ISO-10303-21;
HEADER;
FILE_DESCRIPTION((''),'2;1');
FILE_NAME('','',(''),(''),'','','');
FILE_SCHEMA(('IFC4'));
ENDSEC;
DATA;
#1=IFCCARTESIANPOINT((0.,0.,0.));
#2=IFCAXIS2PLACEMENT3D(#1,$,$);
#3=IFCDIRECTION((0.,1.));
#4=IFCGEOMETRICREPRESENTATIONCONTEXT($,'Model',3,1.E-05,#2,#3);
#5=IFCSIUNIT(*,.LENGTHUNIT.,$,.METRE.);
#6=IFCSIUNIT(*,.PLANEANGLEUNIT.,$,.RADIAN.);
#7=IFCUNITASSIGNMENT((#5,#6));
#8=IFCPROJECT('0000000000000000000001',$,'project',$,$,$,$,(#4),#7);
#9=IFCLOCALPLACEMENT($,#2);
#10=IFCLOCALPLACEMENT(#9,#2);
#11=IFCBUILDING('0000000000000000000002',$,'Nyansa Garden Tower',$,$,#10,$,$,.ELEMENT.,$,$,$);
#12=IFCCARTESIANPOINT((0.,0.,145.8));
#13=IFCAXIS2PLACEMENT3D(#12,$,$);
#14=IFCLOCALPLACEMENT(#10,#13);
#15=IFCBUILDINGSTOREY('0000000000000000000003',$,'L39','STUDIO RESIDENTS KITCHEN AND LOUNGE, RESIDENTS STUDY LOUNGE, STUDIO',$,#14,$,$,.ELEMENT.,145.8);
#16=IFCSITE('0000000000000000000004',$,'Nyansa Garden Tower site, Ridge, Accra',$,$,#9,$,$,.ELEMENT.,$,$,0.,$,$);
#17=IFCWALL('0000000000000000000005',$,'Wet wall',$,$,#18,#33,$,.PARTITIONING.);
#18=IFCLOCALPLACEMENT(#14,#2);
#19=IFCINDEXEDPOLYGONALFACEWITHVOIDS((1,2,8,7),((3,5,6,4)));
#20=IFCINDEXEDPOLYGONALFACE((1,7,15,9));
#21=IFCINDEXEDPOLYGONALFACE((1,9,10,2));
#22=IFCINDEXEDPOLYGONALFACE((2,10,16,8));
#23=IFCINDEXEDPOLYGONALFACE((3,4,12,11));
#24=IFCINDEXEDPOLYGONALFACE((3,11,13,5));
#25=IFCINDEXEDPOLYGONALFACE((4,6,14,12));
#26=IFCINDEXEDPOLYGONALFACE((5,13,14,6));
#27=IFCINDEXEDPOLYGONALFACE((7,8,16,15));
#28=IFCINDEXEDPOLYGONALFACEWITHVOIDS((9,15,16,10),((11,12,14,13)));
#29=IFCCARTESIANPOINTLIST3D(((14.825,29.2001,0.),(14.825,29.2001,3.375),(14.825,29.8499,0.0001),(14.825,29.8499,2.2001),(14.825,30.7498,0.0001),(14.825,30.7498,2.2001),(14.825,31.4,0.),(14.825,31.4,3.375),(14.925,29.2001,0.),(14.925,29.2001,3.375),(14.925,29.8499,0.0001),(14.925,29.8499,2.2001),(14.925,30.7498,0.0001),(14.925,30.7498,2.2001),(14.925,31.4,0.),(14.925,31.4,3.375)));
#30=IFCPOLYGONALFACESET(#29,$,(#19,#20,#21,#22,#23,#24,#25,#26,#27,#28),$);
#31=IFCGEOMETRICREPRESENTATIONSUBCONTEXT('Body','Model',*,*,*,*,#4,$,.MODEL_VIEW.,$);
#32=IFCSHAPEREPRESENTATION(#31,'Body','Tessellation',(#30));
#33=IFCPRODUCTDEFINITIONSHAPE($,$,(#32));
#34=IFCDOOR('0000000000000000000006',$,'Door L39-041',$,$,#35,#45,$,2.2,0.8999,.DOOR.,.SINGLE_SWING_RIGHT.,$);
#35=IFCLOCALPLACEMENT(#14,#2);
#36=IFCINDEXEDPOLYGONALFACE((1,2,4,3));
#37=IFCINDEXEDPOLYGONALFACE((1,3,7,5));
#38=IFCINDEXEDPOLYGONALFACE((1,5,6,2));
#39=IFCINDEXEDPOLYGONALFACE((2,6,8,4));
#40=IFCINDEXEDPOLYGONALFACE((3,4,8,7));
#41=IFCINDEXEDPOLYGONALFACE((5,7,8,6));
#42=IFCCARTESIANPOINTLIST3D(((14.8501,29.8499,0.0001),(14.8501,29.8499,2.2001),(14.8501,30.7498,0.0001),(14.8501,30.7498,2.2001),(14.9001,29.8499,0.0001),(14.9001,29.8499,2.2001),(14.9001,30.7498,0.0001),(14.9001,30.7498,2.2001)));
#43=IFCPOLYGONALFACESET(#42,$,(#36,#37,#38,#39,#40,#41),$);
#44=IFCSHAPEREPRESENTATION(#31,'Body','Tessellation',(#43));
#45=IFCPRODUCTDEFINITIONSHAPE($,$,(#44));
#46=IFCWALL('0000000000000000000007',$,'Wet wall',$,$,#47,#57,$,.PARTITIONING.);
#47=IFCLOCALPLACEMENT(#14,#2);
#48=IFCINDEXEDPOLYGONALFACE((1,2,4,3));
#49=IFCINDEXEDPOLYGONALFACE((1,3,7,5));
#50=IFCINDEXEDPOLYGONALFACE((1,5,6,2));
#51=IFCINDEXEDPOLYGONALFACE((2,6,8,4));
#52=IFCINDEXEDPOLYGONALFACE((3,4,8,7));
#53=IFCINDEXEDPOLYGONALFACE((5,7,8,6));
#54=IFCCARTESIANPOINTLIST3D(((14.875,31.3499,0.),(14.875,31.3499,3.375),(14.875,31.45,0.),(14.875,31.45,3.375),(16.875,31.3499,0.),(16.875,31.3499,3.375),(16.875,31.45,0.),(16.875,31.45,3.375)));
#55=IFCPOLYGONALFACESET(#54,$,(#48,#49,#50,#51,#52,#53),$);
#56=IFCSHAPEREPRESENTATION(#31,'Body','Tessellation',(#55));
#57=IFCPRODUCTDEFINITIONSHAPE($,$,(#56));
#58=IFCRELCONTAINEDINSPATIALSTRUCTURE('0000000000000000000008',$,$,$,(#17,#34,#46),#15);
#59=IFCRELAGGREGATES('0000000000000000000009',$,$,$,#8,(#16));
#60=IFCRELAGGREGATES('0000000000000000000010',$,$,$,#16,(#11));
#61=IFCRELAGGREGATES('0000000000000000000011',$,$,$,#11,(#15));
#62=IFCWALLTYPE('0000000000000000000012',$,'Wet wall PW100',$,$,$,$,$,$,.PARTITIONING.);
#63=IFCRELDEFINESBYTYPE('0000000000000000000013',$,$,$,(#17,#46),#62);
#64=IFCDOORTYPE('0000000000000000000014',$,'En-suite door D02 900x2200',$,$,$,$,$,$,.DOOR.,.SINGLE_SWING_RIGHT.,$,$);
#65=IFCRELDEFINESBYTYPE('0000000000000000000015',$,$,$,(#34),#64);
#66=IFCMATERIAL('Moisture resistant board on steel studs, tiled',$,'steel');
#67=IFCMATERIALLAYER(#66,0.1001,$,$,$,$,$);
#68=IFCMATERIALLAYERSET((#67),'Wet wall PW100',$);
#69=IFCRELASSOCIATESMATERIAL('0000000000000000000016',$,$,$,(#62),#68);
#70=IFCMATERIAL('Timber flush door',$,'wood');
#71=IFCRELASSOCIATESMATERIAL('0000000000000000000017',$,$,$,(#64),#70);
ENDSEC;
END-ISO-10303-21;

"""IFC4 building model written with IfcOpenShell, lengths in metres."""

from ifc_helpers import new_model, si_unit, direction, frame, frame_2d, origin, place, context, subcontext, project, spatial, rectangle, extrude, material, layer, layer_set, type_object, element, fill, save


model = new_model("IFC4")

# Units and contexts
model_context = context("Model", 3, precision=1e-05, world=origin(), true_north=direction((0.0, 1.0)))
body_context = subcontext(model_context, "Body", "Model", "MODEL_VIEW")
ifc_project = project(units=[si_unit("LENGTHUNIT", "METRE"), si_unit("PLANEANGLEUNIT", "RADIAN")], contexts=[model_context])

# Site, building, storey
site_placement = place(None, origin())
site = spatial("IfcSite", under=ifc_project, at=site_placement, Name="Nyansa Garden Tower site, Ridge, Accra", CompositionType="ELEMENT", RefElevation=0.0)
building_placement = place(site_placement, origin())
building = spatial("IfcBuilding", under=site, at=building_placement, Name="Nyansa Garden Tower", CompositionType="ELEMENT")
storey_placement = place(building_placement, frame((0.0, 0.0, 145.8)))
storey = spatial("IfcBuildingStorey", under=building, at=storey_placement, Name="L39", Description="STUDIO RESIDENTS KITCHEN AND LOUNGE, RESIDENTS STUDY LOUNGE, STUDIO", CompositionType="ELEMENT", Elevation=145.8)

# Shared definitions
ifc_material_1 = material(Name="Moisture resistant board on steel studs, tiled", Category="steel")
ifc_layer_1 = layer(ifc_material_1, 0.1001)
ifc_layer_set_1 = layer_set([ifc_layer_1], Name="Wet wall PW100")
wall_type_1 = type_object("IfcWallType", Name="Wet wall PW100", PredefinedType="PARTITIONING", material=ifc_layer_set_1)

# Wall, opening, door
ifc_material_2 = material(Name="Timber flush door", Category="wood")
door_type_1 = type_object("IfcDoorType", Name="En-suite door D02 900x2200", OperationType="SINGLE_SWING_RIGHT", PredefinedType="DOOR", material=ifc_material_2)
wall_1_placement = place(storey_placement, frame((14.875, 29.2, 0.0), z_axis=(0.0, 0.0, 1.0), x_axis=(0.0, 1.0, 0.0)))
wall_1 = element("IfcWall", 1, at=wall_1_placement, inside=storey, type_object=wall_type_1, Name="Wet wall", PredefinedType="PARTITIONING", context=body_context, shape_type="SweptSolid", body=[
    extrude(rectangle(XDim=2.2, YDim=0.1001, at=frame_2d((1.1001, 0.0))), origin(), (0.0, 0.0, 1.0), 3.375),
])
opening_1_placement = place(wall_1_placement, frame((0.6499, 0.0, 0.0)))
opening_1 = element("IfcOpeningElement", 2, at=opening_1_placement, cuts=wall_1, PredefinedType="OPENING", context=body_context, shape_type="SweptSolid", body=[
    extrude(rectangle(XDim=0.8999, YDim=2.2, at=frame_2d((0.45, 1.1001))), frame((0.0, 0.0601, 0.0), z_axis=(0.0, -1.0, 0.0), x_axis=(1.0, 0.0, 0.0)), (0.0, 0.0, 1.0), 0.1201),
])
door_1_placement = place(opening_1_placement, origin())
door_1 = element("IfcDoor", 3, at=door_1_placement, inside=storey, type_object=door_type_1, Name="Door L39-041", OperationType="SINGLE_SWING_RIGHT", OverallHeight=2.2, OverallWidth=0.8999, PredefinedType="DOOR", context=body_context, shape_type="SweptSolid", body=[
    extrude(rectangle(XDim=0.8999, YDim=2.2, at=frame_2d((0.45, 1.1001))), frame((0.0, 0.0249, 0.0), z_axis=(0.0, -1.0, 0.0), x_axis=(1.0, 0.0, 0.0)), (0.0, 0.0, 1.0), 0.05),
])
fill(opening_1, door_1)

# Wall
wall_2_placement = place(storey_placement, frame((14.875, 31.3999, 0.0), z_axis=(0.0, 0.0, 1.0), x_axis=(1.0, 0.0, 0.0)))
element("IfcWall", 4, at=wall_2_placement, inside=storey, type_object=wall_type_1, Name="Wet wall", PredefinedType="PARTITIONING", context=body_context, shape_type="SweptSolid", body=[
    extrude(rectangle(XDim=2.0, YDim=0.1001, at=frame_2d((1.0, 0.0))), origin(), (0.0, 0.0, 1.0), 3.375),
])

save(model, "model.ifc")
